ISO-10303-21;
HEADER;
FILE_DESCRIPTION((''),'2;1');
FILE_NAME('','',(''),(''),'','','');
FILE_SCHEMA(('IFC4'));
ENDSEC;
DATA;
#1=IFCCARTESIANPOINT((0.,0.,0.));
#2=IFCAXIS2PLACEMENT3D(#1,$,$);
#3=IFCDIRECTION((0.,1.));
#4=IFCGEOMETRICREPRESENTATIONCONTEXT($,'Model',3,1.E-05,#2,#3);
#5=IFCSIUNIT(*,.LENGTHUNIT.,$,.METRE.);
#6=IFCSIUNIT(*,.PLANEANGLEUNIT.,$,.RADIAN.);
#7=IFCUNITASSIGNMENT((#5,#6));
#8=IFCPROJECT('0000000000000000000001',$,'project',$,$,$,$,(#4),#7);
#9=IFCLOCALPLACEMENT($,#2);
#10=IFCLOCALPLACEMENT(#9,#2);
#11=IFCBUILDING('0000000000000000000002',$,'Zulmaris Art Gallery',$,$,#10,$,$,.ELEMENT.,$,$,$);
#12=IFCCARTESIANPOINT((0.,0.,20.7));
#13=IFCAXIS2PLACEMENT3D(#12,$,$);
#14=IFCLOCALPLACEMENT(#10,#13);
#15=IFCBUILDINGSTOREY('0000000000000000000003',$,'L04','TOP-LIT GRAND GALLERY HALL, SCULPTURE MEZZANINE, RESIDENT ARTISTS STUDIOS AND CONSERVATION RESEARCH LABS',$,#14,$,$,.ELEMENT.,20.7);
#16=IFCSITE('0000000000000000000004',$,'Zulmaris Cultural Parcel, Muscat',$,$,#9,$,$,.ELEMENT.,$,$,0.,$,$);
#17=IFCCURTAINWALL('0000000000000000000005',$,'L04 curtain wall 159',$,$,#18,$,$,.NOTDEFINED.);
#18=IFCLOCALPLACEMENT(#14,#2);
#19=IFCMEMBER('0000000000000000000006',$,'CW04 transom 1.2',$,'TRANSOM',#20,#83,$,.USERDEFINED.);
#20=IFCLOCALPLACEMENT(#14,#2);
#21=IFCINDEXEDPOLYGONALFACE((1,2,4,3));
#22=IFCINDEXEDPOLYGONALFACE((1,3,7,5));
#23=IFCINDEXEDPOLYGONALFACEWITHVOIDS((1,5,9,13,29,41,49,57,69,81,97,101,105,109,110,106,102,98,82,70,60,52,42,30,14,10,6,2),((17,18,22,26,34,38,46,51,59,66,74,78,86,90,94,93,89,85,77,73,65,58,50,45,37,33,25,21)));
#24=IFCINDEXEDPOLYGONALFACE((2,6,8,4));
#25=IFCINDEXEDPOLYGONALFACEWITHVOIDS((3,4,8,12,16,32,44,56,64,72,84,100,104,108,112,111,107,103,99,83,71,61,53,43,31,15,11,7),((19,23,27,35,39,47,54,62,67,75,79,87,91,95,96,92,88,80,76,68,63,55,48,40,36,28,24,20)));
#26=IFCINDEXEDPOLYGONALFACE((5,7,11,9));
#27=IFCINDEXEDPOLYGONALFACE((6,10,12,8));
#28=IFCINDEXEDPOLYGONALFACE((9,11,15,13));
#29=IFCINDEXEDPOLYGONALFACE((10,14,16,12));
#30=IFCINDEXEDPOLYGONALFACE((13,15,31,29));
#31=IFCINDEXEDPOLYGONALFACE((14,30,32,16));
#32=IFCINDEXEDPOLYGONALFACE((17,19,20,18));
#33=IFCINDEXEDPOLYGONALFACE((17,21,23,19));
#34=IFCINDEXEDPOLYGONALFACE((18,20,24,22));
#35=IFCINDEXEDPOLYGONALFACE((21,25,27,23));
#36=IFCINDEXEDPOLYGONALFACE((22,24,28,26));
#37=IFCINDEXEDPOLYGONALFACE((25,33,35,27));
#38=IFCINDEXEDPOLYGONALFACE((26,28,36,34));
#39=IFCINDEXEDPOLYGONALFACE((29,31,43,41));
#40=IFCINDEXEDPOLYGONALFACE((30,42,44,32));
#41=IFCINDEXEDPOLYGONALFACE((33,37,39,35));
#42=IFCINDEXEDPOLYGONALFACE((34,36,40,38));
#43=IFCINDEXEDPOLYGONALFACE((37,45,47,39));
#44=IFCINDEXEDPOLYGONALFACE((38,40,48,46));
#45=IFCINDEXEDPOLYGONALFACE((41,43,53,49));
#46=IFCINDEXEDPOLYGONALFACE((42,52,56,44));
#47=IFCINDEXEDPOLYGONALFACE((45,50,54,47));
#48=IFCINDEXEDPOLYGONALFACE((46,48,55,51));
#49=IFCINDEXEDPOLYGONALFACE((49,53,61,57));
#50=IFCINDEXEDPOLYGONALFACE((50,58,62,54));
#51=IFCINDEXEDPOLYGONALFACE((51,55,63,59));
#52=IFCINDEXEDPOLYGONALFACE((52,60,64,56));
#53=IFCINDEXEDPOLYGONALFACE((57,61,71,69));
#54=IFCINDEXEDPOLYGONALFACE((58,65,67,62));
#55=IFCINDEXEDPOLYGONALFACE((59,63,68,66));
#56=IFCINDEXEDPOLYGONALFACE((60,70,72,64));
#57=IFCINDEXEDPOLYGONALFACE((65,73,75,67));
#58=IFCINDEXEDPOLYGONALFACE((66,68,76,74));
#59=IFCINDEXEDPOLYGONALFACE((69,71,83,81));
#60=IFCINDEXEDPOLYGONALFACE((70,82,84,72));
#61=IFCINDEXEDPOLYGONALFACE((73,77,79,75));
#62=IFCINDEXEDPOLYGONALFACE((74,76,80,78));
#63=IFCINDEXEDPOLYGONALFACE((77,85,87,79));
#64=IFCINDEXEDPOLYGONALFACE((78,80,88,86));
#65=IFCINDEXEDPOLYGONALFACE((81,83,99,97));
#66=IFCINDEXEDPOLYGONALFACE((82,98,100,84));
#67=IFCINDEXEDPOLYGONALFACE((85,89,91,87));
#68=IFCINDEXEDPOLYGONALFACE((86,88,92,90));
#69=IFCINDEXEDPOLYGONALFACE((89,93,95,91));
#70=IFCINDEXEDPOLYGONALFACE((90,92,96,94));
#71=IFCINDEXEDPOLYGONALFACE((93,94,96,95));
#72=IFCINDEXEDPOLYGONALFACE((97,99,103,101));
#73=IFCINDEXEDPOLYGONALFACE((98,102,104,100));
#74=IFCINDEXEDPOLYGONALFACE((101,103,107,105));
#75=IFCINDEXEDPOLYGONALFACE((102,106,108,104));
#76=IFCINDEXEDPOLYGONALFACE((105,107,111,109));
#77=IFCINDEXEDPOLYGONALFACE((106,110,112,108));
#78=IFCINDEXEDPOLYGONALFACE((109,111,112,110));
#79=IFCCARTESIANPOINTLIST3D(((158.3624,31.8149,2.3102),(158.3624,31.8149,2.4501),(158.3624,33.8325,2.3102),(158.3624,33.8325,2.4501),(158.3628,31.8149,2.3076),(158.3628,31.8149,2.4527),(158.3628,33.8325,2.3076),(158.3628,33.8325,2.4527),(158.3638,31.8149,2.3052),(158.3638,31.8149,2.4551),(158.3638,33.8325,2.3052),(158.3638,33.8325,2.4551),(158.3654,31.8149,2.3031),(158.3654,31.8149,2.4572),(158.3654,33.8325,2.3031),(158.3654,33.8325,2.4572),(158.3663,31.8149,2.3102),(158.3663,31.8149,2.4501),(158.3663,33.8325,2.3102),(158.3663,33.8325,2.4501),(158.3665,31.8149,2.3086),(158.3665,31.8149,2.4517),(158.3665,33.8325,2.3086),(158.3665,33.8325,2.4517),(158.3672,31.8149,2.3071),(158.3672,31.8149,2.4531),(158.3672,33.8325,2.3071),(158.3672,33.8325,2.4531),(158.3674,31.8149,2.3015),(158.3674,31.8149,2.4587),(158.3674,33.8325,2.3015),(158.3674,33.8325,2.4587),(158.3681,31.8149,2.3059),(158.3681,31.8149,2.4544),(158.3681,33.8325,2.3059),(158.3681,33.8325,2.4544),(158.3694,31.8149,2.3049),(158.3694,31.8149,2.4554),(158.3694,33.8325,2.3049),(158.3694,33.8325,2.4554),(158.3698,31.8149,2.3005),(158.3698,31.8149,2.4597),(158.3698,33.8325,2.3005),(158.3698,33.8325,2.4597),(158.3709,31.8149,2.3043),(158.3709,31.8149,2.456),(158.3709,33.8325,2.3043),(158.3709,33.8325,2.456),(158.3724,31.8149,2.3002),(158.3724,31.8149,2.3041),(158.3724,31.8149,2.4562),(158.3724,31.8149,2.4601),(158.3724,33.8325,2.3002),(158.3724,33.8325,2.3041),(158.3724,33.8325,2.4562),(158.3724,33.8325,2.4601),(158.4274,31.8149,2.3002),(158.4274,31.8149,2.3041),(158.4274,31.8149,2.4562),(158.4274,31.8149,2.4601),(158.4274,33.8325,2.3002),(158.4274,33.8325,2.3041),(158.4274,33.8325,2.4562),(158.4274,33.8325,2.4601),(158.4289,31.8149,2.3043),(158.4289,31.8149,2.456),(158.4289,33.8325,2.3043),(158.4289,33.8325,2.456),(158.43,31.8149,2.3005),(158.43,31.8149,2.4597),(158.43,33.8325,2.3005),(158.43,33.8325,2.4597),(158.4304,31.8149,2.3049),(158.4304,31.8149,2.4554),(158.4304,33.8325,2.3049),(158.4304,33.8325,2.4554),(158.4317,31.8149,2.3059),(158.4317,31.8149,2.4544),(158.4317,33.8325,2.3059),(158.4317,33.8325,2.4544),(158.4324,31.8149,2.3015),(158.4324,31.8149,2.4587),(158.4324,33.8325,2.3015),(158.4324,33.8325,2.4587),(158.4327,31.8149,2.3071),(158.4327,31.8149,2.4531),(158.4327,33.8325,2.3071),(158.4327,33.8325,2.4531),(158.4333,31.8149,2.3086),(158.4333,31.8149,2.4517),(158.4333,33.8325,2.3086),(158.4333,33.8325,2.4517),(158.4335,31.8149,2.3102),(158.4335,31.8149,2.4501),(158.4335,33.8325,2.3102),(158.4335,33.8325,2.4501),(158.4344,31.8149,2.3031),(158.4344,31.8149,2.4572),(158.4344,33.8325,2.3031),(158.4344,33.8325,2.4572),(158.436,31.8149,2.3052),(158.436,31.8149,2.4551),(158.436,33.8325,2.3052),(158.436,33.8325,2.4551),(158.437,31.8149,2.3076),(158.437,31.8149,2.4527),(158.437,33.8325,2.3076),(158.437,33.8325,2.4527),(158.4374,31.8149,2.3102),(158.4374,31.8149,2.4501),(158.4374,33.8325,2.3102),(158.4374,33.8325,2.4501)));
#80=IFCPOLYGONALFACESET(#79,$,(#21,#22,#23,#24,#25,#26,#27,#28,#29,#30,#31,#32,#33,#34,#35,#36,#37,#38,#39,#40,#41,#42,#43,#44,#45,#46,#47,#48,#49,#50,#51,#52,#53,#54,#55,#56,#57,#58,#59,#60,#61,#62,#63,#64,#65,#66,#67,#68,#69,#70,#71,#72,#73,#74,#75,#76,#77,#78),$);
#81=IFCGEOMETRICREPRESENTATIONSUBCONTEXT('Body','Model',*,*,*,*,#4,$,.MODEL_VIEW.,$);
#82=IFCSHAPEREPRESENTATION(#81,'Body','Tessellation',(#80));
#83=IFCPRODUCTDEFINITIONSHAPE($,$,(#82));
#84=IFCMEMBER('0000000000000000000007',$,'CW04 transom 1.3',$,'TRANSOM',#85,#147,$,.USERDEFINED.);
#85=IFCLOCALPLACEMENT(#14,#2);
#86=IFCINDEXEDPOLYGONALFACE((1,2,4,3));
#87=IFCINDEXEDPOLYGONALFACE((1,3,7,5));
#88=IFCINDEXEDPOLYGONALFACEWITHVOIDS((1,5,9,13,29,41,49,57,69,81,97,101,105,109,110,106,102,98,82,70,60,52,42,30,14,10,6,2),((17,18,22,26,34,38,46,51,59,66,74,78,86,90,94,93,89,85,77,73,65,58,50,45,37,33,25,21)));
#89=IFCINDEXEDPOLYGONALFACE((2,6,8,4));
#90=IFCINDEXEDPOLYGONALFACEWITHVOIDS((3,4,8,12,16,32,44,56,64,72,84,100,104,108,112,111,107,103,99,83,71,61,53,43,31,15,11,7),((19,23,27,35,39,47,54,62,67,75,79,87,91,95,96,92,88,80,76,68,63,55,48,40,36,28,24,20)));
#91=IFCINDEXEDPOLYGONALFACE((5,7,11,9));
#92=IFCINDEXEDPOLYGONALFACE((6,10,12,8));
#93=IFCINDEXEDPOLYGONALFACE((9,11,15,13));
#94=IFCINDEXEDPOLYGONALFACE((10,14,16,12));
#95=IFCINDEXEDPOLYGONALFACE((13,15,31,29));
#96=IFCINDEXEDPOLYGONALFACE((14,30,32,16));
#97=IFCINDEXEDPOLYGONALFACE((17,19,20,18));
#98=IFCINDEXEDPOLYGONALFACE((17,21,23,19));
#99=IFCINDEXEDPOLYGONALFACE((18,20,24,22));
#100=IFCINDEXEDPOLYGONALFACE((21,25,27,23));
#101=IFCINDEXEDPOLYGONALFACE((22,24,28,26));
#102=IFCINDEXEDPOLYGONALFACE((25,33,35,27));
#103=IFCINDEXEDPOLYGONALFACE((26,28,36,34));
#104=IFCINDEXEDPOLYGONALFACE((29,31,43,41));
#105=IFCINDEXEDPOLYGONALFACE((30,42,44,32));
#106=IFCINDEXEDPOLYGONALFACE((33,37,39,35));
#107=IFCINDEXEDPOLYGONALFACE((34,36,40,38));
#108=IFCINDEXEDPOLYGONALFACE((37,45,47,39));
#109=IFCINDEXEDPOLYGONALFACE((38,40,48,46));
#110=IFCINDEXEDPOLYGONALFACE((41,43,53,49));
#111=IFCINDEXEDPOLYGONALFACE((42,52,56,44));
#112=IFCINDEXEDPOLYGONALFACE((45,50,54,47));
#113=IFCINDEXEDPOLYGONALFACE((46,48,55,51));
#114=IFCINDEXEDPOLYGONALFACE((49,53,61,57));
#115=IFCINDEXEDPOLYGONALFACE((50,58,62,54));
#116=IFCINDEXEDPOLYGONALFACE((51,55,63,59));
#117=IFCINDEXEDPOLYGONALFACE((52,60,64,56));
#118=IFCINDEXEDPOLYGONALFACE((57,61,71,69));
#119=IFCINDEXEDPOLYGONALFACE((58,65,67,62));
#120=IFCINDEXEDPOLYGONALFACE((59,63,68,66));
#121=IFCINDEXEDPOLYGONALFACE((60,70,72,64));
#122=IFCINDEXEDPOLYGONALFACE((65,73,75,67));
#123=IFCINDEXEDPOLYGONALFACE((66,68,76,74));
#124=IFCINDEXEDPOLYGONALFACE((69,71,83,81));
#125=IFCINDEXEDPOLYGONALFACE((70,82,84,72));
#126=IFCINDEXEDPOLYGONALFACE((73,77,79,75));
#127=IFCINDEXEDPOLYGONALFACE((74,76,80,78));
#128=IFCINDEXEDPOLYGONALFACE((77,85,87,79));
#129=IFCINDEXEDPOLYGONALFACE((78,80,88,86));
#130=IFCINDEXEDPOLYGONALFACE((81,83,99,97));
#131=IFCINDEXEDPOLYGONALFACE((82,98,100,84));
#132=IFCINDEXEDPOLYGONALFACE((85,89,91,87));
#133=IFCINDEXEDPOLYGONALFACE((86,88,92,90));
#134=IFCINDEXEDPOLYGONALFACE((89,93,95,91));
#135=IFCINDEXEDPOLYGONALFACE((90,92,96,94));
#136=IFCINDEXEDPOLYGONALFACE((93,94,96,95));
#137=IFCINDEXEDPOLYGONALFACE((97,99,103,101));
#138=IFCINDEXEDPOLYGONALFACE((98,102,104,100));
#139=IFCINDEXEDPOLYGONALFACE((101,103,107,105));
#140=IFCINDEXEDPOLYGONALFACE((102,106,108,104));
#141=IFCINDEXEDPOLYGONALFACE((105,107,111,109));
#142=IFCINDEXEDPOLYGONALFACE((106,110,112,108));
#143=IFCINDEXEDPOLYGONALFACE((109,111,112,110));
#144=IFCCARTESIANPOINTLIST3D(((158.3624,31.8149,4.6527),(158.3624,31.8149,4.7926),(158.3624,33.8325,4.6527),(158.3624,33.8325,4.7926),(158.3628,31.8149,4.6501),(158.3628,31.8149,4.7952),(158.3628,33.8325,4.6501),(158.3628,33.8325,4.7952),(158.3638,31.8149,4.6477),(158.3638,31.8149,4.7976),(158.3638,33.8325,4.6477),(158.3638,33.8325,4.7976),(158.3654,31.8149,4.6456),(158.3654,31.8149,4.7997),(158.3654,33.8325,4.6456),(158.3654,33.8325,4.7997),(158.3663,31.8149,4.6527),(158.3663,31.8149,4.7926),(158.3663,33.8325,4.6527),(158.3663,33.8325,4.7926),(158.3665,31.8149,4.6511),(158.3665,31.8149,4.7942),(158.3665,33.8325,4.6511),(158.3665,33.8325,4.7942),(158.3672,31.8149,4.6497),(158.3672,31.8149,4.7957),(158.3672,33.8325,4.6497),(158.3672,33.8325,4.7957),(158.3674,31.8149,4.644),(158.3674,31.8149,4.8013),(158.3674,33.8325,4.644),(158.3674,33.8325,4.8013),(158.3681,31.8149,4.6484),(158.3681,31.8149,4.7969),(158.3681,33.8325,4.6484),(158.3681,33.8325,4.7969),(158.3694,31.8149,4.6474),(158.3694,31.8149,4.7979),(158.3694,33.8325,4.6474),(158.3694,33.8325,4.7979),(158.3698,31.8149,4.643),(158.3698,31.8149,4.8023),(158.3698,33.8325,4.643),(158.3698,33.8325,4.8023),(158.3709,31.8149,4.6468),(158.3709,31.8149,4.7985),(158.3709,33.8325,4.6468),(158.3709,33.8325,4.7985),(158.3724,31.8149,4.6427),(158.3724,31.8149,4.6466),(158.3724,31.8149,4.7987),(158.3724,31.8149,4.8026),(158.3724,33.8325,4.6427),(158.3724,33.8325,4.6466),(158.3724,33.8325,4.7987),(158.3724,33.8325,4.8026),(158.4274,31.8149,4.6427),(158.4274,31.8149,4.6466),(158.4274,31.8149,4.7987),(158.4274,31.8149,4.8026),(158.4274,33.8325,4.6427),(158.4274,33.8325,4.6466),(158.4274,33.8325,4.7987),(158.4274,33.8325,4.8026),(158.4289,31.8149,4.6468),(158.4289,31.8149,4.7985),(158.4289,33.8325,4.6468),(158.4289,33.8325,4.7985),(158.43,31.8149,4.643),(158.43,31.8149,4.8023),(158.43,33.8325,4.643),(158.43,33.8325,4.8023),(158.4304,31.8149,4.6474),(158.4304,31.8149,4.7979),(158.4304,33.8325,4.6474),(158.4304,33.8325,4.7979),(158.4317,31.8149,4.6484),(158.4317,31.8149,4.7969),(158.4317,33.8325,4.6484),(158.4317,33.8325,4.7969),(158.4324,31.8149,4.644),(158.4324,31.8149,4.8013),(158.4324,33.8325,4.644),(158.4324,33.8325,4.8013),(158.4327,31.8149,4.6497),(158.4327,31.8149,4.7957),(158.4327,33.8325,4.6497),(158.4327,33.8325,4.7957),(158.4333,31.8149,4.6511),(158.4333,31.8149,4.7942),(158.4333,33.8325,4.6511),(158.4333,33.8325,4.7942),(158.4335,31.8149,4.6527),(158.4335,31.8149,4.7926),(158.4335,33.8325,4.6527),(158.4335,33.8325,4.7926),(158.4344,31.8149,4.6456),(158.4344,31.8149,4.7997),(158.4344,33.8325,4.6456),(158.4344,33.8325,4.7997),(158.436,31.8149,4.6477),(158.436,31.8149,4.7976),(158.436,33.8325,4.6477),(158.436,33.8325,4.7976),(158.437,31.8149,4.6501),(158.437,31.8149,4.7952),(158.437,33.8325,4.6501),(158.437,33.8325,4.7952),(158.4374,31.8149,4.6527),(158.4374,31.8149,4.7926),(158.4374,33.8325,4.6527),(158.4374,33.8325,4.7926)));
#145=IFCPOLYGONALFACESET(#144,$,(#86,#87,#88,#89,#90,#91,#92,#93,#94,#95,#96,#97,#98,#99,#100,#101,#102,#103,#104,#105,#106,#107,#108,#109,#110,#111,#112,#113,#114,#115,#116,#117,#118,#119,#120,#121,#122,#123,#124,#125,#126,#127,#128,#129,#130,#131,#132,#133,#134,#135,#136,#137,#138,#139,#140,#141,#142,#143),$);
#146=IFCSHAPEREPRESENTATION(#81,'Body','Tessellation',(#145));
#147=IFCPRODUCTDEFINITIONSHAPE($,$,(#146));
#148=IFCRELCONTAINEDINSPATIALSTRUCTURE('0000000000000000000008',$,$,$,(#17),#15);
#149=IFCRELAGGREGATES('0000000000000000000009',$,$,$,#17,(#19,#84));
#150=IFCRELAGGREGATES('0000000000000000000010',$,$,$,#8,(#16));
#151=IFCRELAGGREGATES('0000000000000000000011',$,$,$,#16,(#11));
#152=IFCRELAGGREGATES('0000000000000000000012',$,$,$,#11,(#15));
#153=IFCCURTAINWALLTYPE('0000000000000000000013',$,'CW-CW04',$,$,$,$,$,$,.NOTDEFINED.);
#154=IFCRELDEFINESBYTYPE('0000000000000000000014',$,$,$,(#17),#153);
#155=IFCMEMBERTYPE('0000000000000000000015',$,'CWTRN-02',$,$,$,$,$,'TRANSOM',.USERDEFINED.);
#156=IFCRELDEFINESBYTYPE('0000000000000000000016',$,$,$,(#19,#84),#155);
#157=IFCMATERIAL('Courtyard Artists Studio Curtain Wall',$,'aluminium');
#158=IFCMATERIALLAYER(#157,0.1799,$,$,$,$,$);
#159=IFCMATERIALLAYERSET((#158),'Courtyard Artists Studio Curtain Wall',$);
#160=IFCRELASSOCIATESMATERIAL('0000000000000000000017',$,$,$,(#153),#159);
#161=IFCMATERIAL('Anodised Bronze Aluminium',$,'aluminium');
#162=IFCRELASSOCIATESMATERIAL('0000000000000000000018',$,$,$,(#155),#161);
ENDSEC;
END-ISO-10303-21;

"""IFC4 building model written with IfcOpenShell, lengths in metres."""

from ifc_helpers import new_model, si_unit, direction, frame, origin, origin_2d, place, context, subcontext, project, spatial, hollow_rectangle, extrude, material, layer, layer_set, material_profile, profile_set, type_object, element, aggregate, save


model = new_model("IFC4")

# Units and contexts
model_context = context("Model", 3, precision=1e-05, world=origin(), true_north=direction((0.0, 1.0)))
body_context = subcontext(model_context, "Body", "Model", "MODEL_VIEW")
ifc_project = project(units=[si_unit("LENGTHUNIT", "METRE"), si_unit("PLANEANGLEUNIT", "RADIAN")], contexts=[model_context])

# Site, building, storey
site_placement = place(None, origin())
site = spatial("IfcSite", under=ifc_project, at=site_placement, Name="Zulmaris Cultural Parcel, Muscat", CompositionType="ELEMENT", RefElevation=0.0)
building_placement = place(site_placement, origin())
building = spatial("IfcBuilding", under=site, at=building_placement, Name="Zulmaris Art Gallery", CompositionType="ELEMENT")
storey_placement = place(building_placement, frame((0.0, 0.0, 20.7)))
storey = spatial("IfcBuildingStorey", under=building, at=storey_placement, Name="L04", Description="TOP-LIT GRAND GALLERY HALL, SCULPTURE MEZZANINE, RESIDENT ARTISTS STUDIOS AND CONSERVATION RESEARCH LABS", CompositionType="ELEMENT", Elevation=20.7)

# Curtain wall, members
ifc_material_1 = material(Name="Courtyard Artists Studio Curtain Wall", Category="aluminium")
ifc_layer_1 = layer(ifc_material_1, 0.1799)
ifc_layer_set_1 = layer_set([ifc_layer_1], Name="Courtyard Artists Studio Curtain Wall")
curtain_wall_type = type_object("IfcCurtainWallType", Name="CW-CW04", PredefinedType="NOTDEFINED", material=ifc_layer_set_1)
curtain_wall_placement = place(storey_placement, origin())
curtain_wall = element("IfcCurtainWall", 1, at=curtain_wall_placement, inside=storey, type_object=curtain_wall_type, Name="L04 curtain wall 159", PredefinedType="NOTDEFINED")
ifc_material_2 = material(Name="Anodised Bronze Aluminium", Category="aluminium")
ifc_material_profile_1 = material_profile(ifc_material_2, hollow_rectangle(XDim=0.075, YDim=0.1599, WallThickness=0.0039, InnerFilletRadius=0.0061, OuterFilletRadius=0.01, at=origin_2d()), Name="ALU 75x160x4")
ifc_profile_set_1 = profile_set([ifc_material_profile_1], Name="Anodised Bronze Aluminium")
member_type_1 = type_object("IfcMemberType", Name="CWTRN-02", ElementType="TRANSOM", PredefinedType="USERDEFINED", material=ifc_profile_set_1)
member_1_placement = place(storey_placement, frame((158.3999, 31.8149, 2.3801), z_axis=(0.0, 1.0, 0.0), x_axis=(-1.0, 0.0, 0.0)))
member_1 = element("IfcMember", 2, at=member_1_placement, type_object=member_type_1, Name="CW04 transom 1.2", ObjectType="TRANSOM", PredefinedType="USERDEFINED", context=body_context, shape_type="SweptSolid", body=[
    extrude(hollow_rectangle(XDim=0.075, YDim=0.1599, WallThickness=0.0039, InnerFilletRadius=0.0061, OuterFilletRadius=0.01, at=origin_2d()), origin(), (0.0, 0.0, 1.0), 2.0176),
])
member_2_placement = place(storey_placement, frame((158.3999, 31.8149, 4.7227), z_axis=(0.0, 1.0, 0.0), x_axis=(-1.0, 0.0, 0.0)))
member_2 = element("IfcMember", 3, at=member_2_placement, type_object=member_type_1, Name="CW04 transom 1.3", ObjectType="TRANSOM", PredefinedType="USERDEFINED", context=body_context, shape_type="SweptSolid", body=[
    extrude(hollow_rectangle(XDim=0.075, YDim=0.1599, WallThickness=0.0039, InnerFilletRadius=0.0061, OuterFilletRadius=0.01, at=origin_2d()), origin(), (0.0, 0.0, 1.0), 2.0176),
])
aggregate(curtain_wall, [member_1, member_2])

save(model, "model.ifc")
